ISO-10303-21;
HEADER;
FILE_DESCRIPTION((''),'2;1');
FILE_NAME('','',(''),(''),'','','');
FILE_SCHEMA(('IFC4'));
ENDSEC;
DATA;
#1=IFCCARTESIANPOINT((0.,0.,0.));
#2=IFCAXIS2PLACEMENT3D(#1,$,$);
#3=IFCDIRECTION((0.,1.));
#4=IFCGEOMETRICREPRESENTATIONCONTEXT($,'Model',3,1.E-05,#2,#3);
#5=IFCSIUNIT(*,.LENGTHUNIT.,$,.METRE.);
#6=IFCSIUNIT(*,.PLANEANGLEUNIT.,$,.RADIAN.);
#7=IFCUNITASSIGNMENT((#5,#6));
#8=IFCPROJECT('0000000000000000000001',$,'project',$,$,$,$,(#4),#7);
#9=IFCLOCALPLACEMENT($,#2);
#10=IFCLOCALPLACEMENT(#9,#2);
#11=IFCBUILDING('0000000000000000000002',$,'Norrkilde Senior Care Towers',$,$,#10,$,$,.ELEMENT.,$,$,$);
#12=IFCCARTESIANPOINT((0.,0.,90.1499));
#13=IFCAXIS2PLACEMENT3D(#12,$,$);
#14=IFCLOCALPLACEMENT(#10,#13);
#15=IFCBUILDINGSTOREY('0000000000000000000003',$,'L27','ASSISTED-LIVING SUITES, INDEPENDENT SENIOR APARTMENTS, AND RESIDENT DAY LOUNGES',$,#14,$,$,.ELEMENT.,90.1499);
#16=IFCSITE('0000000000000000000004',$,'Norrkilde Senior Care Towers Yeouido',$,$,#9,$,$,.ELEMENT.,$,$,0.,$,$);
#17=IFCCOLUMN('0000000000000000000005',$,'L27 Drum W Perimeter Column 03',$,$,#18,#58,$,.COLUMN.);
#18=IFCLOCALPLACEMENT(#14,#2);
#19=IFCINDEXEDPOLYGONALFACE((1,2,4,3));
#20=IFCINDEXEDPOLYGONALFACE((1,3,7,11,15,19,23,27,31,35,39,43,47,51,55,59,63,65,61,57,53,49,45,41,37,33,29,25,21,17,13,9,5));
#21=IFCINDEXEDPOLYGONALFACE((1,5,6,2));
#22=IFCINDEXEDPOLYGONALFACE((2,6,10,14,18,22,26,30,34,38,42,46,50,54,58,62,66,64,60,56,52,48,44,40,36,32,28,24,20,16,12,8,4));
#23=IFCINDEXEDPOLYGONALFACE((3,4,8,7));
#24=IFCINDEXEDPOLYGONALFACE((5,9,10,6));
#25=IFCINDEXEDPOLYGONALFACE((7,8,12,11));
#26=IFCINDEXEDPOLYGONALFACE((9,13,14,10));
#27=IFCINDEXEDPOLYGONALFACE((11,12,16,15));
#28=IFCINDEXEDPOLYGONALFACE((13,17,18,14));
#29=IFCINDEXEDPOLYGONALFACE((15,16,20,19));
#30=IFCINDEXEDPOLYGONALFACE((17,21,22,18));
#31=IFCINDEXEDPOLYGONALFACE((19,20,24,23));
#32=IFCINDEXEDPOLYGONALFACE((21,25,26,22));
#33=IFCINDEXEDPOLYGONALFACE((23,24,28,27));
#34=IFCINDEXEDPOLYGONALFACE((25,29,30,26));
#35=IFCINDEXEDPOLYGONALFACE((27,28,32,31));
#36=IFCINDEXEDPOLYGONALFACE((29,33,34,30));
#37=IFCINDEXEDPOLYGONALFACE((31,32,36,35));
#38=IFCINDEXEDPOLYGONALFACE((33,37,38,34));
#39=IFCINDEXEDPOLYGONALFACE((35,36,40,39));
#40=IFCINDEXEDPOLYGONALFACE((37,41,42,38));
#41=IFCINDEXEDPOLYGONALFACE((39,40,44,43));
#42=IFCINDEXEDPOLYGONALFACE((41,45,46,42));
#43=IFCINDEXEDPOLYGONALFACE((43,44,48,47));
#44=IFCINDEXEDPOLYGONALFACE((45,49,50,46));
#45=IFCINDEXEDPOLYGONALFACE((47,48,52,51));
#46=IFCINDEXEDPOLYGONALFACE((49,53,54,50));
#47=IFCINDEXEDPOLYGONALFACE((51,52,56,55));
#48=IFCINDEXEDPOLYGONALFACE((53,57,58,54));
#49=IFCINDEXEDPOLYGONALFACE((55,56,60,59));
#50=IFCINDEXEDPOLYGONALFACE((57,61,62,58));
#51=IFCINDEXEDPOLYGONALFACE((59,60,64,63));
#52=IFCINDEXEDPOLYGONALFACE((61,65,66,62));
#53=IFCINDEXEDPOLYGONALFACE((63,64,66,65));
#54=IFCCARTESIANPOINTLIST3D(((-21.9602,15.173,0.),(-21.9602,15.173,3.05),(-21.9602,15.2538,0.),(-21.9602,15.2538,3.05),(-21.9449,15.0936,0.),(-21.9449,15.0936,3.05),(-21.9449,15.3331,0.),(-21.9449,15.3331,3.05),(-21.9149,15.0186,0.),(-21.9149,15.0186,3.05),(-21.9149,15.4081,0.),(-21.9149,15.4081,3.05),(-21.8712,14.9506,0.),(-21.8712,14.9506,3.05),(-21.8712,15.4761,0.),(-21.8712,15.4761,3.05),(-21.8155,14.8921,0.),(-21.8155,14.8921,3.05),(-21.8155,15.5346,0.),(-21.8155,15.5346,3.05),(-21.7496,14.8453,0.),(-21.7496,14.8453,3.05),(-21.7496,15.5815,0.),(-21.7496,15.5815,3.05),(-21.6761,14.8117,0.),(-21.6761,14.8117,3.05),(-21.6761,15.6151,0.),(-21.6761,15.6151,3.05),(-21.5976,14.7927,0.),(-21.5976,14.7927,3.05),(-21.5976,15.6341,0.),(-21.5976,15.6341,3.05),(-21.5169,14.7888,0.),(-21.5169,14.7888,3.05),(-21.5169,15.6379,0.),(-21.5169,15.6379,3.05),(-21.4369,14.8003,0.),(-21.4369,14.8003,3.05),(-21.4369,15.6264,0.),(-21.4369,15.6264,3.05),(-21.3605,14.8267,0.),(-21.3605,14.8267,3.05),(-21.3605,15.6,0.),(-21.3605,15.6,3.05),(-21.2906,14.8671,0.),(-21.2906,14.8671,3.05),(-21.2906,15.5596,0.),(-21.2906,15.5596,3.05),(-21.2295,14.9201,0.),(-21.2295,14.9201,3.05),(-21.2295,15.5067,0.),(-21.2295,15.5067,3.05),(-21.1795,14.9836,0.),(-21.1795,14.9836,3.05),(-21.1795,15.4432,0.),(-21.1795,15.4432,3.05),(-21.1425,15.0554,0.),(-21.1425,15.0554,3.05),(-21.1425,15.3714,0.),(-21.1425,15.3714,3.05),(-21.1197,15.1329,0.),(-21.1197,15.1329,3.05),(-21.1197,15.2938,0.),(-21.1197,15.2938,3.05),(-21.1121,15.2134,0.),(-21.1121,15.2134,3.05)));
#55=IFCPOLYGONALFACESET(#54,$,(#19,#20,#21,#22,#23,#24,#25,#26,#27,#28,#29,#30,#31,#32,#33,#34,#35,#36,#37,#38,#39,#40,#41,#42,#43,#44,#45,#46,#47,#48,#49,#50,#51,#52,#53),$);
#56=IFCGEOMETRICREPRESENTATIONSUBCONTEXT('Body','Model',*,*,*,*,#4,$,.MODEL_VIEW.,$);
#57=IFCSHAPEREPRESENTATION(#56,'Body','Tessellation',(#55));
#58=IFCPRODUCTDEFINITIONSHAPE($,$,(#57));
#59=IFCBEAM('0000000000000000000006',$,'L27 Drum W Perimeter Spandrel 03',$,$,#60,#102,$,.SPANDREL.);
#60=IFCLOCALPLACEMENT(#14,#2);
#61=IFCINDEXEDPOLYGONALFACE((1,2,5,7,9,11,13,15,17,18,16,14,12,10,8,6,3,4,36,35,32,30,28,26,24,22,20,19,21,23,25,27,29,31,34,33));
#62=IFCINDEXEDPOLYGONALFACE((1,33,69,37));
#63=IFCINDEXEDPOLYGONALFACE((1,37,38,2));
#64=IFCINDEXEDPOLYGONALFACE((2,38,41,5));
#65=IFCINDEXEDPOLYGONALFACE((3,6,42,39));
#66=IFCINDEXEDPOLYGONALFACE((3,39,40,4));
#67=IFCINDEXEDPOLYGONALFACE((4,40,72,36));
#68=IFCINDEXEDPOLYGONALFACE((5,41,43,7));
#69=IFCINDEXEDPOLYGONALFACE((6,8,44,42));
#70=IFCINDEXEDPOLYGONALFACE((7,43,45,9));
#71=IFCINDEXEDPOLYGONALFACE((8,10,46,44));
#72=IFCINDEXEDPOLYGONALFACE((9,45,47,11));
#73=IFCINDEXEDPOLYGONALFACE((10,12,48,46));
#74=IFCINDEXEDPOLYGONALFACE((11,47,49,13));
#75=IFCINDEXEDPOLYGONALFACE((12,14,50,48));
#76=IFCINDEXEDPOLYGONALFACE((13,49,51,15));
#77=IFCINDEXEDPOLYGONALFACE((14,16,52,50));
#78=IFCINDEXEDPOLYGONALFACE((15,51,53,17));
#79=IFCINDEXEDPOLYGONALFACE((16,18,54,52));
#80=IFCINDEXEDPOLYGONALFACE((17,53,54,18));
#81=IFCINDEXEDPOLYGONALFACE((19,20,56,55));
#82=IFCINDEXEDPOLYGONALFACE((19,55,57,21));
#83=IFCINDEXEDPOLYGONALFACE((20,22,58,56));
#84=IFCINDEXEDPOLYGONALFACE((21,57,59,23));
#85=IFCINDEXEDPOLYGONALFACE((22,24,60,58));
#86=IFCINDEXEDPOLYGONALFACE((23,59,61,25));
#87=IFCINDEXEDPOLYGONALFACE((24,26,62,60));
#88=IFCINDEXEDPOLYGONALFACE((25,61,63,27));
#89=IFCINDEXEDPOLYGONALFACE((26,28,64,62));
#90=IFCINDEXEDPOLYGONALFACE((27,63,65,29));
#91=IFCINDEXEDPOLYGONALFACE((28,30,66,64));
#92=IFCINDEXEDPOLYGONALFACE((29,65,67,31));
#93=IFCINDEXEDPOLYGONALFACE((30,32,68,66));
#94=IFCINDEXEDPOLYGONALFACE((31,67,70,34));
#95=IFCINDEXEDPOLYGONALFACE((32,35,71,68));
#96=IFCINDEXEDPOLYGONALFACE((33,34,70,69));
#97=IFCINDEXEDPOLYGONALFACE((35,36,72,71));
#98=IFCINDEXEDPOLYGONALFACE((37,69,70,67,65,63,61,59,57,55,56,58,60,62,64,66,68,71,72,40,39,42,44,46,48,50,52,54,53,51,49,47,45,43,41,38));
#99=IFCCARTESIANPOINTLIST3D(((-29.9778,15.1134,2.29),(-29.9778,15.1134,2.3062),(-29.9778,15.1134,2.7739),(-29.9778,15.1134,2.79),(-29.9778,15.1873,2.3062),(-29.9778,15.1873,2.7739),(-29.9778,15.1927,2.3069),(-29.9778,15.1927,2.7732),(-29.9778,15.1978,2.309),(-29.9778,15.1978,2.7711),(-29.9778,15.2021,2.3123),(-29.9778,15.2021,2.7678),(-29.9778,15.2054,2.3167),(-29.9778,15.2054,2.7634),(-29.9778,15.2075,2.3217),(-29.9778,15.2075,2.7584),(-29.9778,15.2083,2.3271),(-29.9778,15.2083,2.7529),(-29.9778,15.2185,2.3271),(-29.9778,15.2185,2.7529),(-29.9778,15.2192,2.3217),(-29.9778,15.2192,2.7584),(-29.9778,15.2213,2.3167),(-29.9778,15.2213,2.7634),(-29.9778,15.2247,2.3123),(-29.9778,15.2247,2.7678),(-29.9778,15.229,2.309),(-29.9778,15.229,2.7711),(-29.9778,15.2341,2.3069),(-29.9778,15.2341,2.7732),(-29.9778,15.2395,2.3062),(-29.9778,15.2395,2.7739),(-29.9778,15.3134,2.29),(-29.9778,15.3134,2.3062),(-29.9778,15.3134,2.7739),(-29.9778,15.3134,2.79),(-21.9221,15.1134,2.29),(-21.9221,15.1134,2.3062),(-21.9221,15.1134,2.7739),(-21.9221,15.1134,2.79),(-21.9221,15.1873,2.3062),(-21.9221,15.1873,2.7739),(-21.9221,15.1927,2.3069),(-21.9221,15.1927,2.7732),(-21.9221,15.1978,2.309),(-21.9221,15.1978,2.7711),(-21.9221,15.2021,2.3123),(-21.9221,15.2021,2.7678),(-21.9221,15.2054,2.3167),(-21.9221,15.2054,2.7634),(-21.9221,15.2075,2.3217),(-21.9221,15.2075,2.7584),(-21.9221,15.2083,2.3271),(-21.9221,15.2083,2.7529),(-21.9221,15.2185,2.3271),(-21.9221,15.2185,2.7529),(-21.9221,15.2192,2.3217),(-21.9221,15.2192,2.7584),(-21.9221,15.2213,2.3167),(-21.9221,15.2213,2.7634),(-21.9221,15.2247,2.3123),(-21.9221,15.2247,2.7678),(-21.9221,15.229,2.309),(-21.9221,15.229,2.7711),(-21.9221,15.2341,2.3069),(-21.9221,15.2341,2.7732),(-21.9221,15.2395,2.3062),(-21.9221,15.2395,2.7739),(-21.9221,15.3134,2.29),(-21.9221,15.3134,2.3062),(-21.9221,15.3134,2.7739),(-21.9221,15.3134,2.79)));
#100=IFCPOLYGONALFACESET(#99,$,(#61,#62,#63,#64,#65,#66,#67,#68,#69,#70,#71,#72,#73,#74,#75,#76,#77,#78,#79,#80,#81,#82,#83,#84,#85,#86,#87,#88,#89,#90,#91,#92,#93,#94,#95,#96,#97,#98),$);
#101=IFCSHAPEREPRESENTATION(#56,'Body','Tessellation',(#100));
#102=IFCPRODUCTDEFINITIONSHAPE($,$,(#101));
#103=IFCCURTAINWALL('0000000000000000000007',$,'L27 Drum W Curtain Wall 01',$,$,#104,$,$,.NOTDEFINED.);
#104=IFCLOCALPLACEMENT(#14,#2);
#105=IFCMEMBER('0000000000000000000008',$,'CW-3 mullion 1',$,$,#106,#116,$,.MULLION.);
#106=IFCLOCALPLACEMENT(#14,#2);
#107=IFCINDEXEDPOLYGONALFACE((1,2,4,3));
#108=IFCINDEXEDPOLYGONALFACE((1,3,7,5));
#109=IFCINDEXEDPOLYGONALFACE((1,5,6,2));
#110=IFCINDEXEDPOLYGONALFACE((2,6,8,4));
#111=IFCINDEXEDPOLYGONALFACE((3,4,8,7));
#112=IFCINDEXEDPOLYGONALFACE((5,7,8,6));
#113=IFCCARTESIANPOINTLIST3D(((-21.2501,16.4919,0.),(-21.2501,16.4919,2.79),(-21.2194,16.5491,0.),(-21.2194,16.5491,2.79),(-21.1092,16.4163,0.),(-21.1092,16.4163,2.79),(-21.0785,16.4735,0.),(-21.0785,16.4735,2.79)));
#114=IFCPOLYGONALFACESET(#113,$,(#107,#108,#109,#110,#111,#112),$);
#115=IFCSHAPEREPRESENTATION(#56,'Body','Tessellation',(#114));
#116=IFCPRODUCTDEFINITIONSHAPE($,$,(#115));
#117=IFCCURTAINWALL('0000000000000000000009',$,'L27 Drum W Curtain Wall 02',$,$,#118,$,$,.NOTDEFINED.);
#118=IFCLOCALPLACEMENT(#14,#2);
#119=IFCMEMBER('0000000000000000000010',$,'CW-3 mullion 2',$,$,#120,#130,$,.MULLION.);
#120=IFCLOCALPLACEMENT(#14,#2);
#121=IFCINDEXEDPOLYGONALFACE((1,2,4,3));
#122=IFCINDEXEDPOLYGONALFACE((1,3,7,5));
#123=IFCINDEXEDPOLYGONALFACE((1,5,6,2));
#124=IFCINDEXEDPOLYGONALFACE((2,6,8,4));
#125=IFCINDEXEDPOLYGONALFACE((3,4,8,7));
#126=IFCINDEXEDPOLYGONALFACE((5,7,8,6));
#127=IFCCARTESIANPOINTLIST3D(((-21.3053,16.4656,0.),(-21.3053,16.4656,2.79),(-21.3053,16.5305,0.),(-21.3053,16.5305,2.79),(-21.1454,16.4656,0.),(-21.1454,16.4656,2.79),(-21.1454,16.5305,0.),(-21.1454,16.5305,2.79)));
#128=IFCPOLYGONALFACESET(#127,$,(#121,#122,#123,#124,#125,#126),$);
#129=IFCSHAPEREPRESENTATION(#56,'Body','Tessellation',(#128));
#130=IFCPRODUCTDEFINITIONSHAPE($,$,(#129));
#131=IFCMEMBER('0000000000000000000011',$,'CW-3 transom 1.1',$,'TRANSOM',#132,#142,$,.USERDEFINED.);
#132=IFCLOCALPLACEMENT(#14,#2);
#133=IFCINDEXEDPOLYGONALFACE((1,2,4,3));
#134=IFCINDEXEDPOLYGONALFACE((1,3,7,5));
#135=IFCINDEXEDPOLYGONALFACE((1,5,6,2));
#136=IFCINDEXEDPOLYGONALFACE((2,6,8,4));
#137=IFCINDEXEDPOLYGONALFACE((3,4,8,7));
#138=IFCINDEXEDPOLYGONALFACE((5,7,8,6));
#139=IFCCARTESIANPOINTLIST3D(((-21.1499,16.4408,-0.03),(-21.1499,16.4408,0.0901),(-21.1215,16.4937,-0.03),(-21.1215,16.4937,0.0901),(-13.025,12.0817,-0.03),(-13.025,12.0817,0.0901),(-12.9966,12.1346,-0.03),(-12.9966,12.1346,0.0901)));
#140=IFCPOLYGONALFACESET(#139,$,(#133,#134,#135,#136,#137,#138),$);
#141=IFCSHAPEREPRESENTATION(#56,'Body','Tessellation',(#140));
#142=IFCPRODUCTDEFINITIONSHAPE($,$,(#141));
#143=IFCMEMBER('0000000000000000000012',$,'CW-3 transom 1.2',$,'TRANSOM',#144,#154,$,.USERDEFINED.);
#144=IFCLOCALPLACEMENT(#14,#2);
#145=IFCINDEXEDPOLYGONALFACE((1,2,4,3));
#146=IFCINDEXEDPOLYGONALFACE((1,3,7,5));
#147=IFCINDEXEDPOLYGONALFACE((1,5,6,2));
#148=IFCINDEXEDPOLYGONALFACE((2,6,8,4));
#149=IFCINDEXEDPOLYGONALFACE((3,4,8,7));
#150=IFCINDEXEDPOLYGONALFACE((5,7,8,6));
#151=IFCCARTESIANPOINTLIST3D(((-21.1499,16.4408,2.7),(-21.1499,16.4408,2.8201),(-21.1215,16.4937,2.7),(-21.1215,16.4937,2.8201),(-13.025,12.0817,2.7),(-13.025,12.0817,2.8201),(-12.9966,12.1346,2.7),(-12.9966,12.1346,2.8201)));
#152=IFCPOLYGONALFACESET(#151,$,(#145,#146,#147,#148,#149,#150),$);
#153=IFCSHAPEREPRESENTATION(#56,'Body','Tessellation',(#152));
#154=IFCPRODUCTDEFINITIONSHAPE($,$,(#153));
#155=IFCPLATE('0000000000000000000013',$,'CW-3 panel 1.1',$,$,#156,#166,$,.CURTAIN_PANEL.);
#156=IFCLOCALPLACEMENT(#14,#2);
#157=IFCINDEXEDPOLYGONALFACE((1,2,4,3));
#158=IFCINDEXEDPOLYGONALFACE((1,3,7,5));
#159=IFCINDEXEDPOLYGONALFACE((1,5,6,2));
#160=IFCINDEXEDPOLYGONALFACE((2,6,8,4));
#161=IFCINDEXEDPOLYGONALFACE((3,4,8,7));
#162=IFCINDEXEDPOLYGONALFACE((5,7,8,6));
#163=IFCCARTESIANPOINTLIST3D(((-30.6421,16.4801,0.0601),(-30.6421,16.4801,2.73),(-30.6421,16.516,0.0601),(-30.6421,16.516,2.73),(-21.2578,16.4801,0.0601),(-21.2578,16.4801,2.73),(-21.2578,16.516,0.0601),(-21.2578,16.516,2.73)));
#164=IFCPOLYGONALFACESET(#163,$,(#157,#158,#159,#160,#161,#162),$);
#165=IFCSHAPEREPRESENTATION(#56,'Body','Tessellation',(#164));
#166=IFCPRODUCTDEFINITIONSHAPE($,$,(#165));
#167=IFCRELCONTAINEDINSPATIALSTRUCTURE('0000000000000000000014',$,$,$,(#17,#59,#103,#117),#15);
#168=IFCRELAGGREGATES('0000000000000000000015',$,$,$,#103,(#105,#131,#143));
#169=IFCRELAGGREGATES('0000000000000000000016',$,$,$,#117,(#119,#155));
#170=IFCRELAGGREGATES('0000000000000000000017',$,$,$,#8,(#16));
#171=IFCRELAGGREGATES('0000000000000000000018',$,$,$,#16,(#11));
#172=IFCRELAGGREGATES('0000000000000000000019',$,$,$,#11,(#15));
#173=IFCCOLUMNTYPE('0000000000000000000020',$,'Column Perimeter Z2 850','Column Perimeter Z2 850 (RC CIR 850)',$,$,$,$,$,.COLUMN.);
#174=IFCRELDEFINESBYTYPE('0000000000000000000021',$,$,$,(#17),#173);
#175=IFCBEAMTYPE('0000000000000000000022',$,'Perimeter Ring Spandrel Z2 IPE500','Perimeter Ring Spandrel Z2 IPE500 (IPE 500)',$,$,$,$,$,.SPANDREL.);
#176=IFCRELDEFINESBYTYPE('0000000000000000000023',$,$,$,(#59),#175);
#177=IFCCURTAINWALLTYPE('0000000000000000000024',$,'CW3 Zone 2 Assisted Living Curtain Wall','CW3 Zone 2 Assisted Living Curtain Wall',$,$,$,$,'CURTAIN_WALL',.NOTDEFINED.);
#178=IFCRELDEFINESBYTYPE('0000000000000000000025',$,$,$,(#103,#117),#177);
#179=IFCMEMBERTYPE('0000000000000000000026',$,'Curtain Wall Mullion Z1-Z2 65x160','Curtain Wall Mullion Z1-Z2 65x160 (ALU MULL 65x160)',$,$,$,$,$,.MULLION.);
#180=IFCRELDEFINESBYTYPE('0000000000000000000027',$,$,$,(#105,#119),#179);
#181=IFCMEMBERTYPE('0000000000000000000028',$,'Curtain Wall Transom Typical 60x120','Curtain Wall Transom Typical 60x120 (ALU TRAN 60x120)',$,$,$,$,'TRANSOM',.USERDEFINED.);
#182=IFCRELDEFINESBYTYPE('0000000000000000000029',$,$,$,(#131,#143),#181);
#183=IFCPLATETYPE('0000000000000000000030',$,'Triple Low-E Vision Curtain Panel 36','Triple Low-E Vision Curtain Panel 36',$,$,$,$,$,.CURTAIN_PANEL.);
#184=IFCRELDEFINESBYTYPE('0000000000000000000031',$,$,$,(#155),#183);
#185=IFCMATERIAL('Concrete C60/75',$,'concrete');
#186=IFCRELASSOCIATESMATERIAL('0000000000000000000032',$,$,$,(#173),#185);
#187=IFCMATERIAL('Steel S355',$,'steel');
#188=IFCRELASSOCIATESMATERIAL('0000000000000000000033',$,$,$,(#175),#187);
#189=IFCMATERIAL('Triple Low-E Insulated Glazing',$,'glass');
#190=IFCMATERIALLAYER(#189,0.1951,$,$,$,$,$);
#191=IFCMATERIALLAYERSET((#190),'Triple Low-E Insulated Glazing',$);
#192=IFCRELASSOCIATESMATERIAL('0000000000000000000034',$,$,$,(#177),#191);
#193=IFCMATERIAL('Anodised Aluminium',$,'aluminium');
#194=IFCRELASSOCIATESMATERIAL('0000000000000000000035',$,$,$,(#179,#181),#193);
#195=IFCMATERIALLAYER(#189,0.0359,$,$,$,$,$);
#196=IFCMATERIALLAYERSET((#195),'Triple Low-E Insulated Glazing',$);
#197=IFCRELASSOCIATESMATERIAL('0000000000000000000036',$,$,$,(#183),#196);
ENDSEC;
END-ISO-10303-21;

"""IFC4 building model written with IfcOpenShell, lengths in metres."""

from ifc_helpers import new_model, si_unit, direction, frame, origin, origin_2d, place, context, subcontext, project, spatial, rectangle, circle, i_section, extrude, source, transform, mapped, material, layer, layer_set, material_profile, profile_set, type_object, type_shapes, element, aggregate, save


model = new_model("IFC4")

# Units and contexts
model_context = context("Model", 3, precision=1e-05, world=origin(), true_north=direction((0.0, 1.0)))
body_context = subcontext(model_context, "Body", "Model", "MODEL_VIEW")
ifc_project = project(units=[si_unit("LENGTHUNIT", "METRE"), si_unit("PLANEANGLEUNIT", "RADIAN")], contexts=[model_context])

# Site, building, storey
site_placement = place(None, origin())
site = spatial("IfcSite", under=ifc_project, at=site_placement, Name="Norrkilde Senior Care Towers Yeouido", CompositionType="ELEMENT", RefElevation=0.0)
building_placement = place(site_placement, origin())
building = spatial("IfcBuilding", under=site, at=building_placement, Name="Norrkilde Senior Care Towers", CompositionType="ELEMENT")
storey_placement = place(building_placement, frame((0.0, 0.0, 90.1499)))
storey = spatial("IfcBuildingStorey", under=building, at=storey_placement, Name="L27", Description="ASSISTED-LIVING SUITES, INDEPENDENT SENIOR APARTMENTS, AND RESIDENT DAY LOUNGES", CompositionType="ELEMENT", Elevation=90.1499)

# Column
ifc_material_1 = material(Name="Concrete C60/75", Category="concrete")
ifc_material_profile_1 = material_profile(ifc_material_1, circle(Radius=0.425, at=origin_2d()), Name="RC CIR 850")
ifc_profile_set_1 = profile_set([ifc_material_profile_1], Name="Concrete C60/75")
column_type = type_object("IfcColumnType", Name="Column Perimeter Z2 850", Description="Column Perimeter Z2 850 (RC CIR 850)", PredefinedType="COLUMN", material=ifc_profile_set_1)
shared_shape_1 = source(origin(), body_context, "Body", "SweptSolid", [
    extrude(circle(Radius=0.425, at=origin_2d()), origin(), (0.0, 0.0, 1.0), 3.05),
])
type_shapes(column_type, [shared_shape_1])
column_placement = place(storey_placement, frame((-21.5371, 15.2134, 0.0), z_axis=(0.0, 0.0, 1.0), x_axis=(1.0, 0.0, 0.0)))
element("IfcColumn", 1, at=column_placement, inside=storey, type_object=column_type, Name="L27 Drum W Perimeter Column 03", PredefinedType="COLUMN", context=body_context, shape_type="MappedRepresentation", body=[
    mapped(shared_shape_1, transform((0.0, 0.0, 0.0), x_axis=(1.0, 0.0, 0.0), y_axis=(0.0, 1.0, 0.0), z_axis=(0.0, 0.0, 1.0), scale=1.0)),
])

# Beam
ifc_material_2 = material(Name="Steel S355", Category="steel")
ifc_material_profile_2 = material_profile(ifc_material_2, i_section(OverallWidth=0.2, OverallDepth=0.5, WebThickness=0.0103, FlangeThickness=0.0161, FilletRadius=0.021, at=origin_2d()), Name="IPE 500")
ifc_profile_set_2 = profile_set([ifc_material_profile_2], Name="Steel S355")
beam_type = type_object("IfcBeamType", Name="Perimeter Ring Spandrel Z2 IPE500", Description="Perimeter Ring Spandrel Z2 IPE500 (IPE 500)", PredefinedType="SPANDREL", material=ifc_profile_set_2)
shared_shape_2 = source(origin(), body_context, "Body", "SweptSolid", [
    extrude(i_section(OverallWidth=0.2, OverallDepth=0.5, WebThickness=0.0103, FlangeThickness=0.0161, FilletRadius=0.021, at=origin_2d()), origin(), (0.0, 0.0, 1.0), 8.0557),
])
type_shapes(beam_type, [shared_shape_2])
beam_placement = place(storey_placement, frame((-21.9221, 15.2134, 2.54), z_axis=(-1.0, 0.0, 0.0), x_axis=(0.0, -1.0, 0.0)))
element("IfcBeam", 2, at=beam_placement, inside=storey, type_object=beam_type, Name="L27 Drum W Perimeter Spandrel 03", PredefinedType="SPANDREL", context=body_context, shape_type="MappedRepresentation", body=[
    mapped(shared_shape_2, transform((0.0, 0.0, 0.0), x_axis=(1.0, 0.0, 0.0), y_axis=(0.0, 1.0, 0.0), z_axis=(0.0, 0.0, 1.0), scale=1.0)),
])

# Curtain walls, members
ifc_material_3 = material(Name="Triple Low-E Insulated Glazing", Category="glass")
ifc_layer_1 = layer(ifc_material_3, 0.1951)
ifc_layer_set_1 = layer_set([ifc_layer_1], Name="Triple Low-E Insulated Glazing")
curtain_wall_type = type_object("IfcCurtainWallType", Name="CW3 Zone 2 Assisted Living Curtain Wall", Description="CW3 Zone 2 Assisted Living Curtain Wall", ElementType="CURTAIN_WALL", PredefinedType="NOTDEFINED", material=ifc_layer_set_1)
curtain_wall_1_placement = place(storey_placement, origin())
curtain_wall_1 = element("IfcCurtainWall", 3, at=curtain_wall_1_placement, inside=storey, type_object=curtain_wall_type, Name="L27 Drum W Curtain Wall 01", PredefinedType="NOTDEFINED")
ifc_material_4 = material(Name="Anodised Aluminium", Category="aluminium")
ifc_material_profile_3 = material_profile(ifc_material_4, rectangle(XDim=0.0649, YDim=0.1599, at=origin_2d()), Name="ALU MULL 65x160")
ifc_profile_set_3 = profile_set([ifc_material_profile_3], Name="Anodised Aluminium")
member_type_1 = type_object("IfcMemberType", Name="Curtain Wall Mullion Z1-Z2 65x160", Description="Curtain Wall Mullion Z1-Z2 65x160 (ALU MULL 65x160)", PredefinedType="MULLION", material=ifc_profile_set_3)
shared_shape_3 = source(origin(), body_context, "Body", "SweptSolid", [
    extrude(rectangle(XDim=0.0649, YDim=0.1599, at=origin_2d()), origin(), (0.0, 0.0, 1.0), 2.79),
])
type_shapes(member_type_1, [shared_shape_3])
member_1_placement = place(storey_placement, frame((-21.1643, 16.4827, 0.0), z_axis=(0.0, 0.0, 1.0), x_axis=(0.472769, 0.881186, 0.0)))
member_1 = element("IfcMember", 4, at=member_1_placement, type_object=member_type_1, Name="CW-3 mullion 1", PredefinedType="MULLION", context=body_context, shape_type="MappedRepresentation", body=[
    mapped(shared_shape_3, transform((0.0, 0.0, 0.0), x_axis=(1.0, 0.0, 0.0), y_axis=(0.0, 1.0, 0.0), z_axis=(0.0, 0.0, 1.0), scale=1.0)),
])
curtain_wall_2_placement = place(storey_placement, origin())
curtain_wall_2 = element("IfcCurtainWall", 5, at=curtain_wall_2_placement, inside=storey, type_object=curtain_wall_type, Name="L27 Drum W Curtain Wall 02", PredefinedType="NOTDEFINED")
member_2_placement = place(storey_placement, frame((-21.2253, 16.498, 0.0), z_axis=(0.0, 0.0, 1.0), x_axis=(0.0, 1.0, 0.0)))
member_2 = element("IfcMember", 6, at=member_2_placement, type_object=member_type_1, Name="CW-3 mullion 2", PredefinedType="MULLION", context=body_context, shape_type="MappedRepresentation", body=[
    mapped(shared_shape_3, transform((0.0, 0.0, 0.0), x_axis=(1.0, 0.0, 0.0), y_axis=(0.0, 1.0, 0.0), z_axis=(0.0, 0.0, 1.0), scale=1.0)),
])

# Members
ifc_material_profile_4 = material_profile(ifc_material_4, rectangle(XDim=0.0601, YDim=0.1201, at=origin_2d()), Name="ALU TRAN 60x120")
ifc_profile_set_4 = profile_set([ifc_material_profile_4], Name="Anodised Aluminium")
member_type_2 = type_object("IfcMemberType", Name="Curtain Wall Transom Typical 60x120", Description="Curtain Wall Transom Typical 60x120 (ALU TRAN 60x120)", ElementType="TRANSOM", PredefinedType="USERDEFINED", material=ifc_profile_set_4)
shared_shape_4 = source(origin(), body_context, "Body", "SweptSolid", [
    extrude(rectangle(XDim=0.0601, YDim=0.1201, at=origin_2d()), origin(), (0.0, 0.0, 1.0), 9.2205),
])
type_shapes(member_type_2, [shared_shape_4])
member_3_placement = place(storey_placement, frame((-21.1357, 16.4673, 0.03), z_axis=(0.881189, -0.472765, 0.0), x_axis=(0.472765, 0.881189, 0.0)))
member_3 = element("IfcMember", 7, at=member_3_placement, type_object=member_type_2, Name="CW-3 transom 1.1", ObjectType="TRANSOM", PredefinedType="USERDEFINED", context=body_context, shape_type="MappedRepresentation", body=[
    mapped(shared_shape_4, transform((0.0, 0.0, 0.0), x_axis=(1.0, 0.0, 0.0), y_axis=(0.0, 1.0, 0.0), z_axis=(0.0, 0.0, 1.0), scale=1.0)),
])
member_4_placement = place(storey_placement, frame((-21.1357, 16.4673, 2.76), z_axis=(0.881189, -0.472765, 0.0), x_axis=(0.472765, 0.881189, 0.0)))
member_4 = element("IfcMember", 8, at=member_4_placement, type_object=member_type_2, Name="CW-3 transom 1.2", ObjectType="TRANSOM", PredefinedType="USERDEFINED", context=body_context, shape_type="MappedRepresentation", body=[
    mapped(shared_shape_4, transform((0.0, 0.0, 0.0), x_axis=(1.0, 0.0, 0.0), y_axis=(0.0, 1.0, 0.0), z_axis=(0.0, 0.0, 1.0), scale=1.0)),
])
aggregate(curtain_wall_1, [member_1, member_3, member_4])

# Plate
ifc_layer_2 = layer(ifc_material_3, 0.0359)
ifc_layer_set_2 = layer_set([ifc_layer_2], Name="Triple Low-E Insulated Glazing")
plate_type = type_object("IfcPlateType", Name="Triple Low-E Vision Curtain Panel 36", Description="Triple Low-E Vision Curtain Panel 36", PredefinedType="CURTAIN_PANEL", material=ifc_layer_set_2)
shared_shape_5 = source(origin(), body_context, "Body", "SweptSolid", [
    extrude(rectangle(XDim=9.3843, YDim=0.0359, at=origin_2d()), origin(), (0.0, 0.0, 1.0), 2.6699),
])
type_shapes(plate_type, [shared_shape_5])
plate_placement = place(storey_placement, frame((-25.95, 16.498, 0.0601), z_axis=(0.0, 0.0, 1.0), x_axis=(1.0, 0.0, 0.0)))
plate = element("IfcPlate", 9, at=plate_placement, type_object=plate_type, Name="CW-3 panel 1.1", PredefinedType="CURTAIN_PANEL", context=body_context, shape_type="MappedRepresentation", body=[
    mapped(shared_shape_5, transform((0.0, 0.0, 0.0), x_axis=(1.0, 0.0, 0.0), y_axis=(0.0, 1.0, 0.0), z_axis=(0.0, 0.0, 1.0), scale=1.0)),
])
aggregate(curtain_wall_2, [member_2, plate])

save(model, "model.ifc")
